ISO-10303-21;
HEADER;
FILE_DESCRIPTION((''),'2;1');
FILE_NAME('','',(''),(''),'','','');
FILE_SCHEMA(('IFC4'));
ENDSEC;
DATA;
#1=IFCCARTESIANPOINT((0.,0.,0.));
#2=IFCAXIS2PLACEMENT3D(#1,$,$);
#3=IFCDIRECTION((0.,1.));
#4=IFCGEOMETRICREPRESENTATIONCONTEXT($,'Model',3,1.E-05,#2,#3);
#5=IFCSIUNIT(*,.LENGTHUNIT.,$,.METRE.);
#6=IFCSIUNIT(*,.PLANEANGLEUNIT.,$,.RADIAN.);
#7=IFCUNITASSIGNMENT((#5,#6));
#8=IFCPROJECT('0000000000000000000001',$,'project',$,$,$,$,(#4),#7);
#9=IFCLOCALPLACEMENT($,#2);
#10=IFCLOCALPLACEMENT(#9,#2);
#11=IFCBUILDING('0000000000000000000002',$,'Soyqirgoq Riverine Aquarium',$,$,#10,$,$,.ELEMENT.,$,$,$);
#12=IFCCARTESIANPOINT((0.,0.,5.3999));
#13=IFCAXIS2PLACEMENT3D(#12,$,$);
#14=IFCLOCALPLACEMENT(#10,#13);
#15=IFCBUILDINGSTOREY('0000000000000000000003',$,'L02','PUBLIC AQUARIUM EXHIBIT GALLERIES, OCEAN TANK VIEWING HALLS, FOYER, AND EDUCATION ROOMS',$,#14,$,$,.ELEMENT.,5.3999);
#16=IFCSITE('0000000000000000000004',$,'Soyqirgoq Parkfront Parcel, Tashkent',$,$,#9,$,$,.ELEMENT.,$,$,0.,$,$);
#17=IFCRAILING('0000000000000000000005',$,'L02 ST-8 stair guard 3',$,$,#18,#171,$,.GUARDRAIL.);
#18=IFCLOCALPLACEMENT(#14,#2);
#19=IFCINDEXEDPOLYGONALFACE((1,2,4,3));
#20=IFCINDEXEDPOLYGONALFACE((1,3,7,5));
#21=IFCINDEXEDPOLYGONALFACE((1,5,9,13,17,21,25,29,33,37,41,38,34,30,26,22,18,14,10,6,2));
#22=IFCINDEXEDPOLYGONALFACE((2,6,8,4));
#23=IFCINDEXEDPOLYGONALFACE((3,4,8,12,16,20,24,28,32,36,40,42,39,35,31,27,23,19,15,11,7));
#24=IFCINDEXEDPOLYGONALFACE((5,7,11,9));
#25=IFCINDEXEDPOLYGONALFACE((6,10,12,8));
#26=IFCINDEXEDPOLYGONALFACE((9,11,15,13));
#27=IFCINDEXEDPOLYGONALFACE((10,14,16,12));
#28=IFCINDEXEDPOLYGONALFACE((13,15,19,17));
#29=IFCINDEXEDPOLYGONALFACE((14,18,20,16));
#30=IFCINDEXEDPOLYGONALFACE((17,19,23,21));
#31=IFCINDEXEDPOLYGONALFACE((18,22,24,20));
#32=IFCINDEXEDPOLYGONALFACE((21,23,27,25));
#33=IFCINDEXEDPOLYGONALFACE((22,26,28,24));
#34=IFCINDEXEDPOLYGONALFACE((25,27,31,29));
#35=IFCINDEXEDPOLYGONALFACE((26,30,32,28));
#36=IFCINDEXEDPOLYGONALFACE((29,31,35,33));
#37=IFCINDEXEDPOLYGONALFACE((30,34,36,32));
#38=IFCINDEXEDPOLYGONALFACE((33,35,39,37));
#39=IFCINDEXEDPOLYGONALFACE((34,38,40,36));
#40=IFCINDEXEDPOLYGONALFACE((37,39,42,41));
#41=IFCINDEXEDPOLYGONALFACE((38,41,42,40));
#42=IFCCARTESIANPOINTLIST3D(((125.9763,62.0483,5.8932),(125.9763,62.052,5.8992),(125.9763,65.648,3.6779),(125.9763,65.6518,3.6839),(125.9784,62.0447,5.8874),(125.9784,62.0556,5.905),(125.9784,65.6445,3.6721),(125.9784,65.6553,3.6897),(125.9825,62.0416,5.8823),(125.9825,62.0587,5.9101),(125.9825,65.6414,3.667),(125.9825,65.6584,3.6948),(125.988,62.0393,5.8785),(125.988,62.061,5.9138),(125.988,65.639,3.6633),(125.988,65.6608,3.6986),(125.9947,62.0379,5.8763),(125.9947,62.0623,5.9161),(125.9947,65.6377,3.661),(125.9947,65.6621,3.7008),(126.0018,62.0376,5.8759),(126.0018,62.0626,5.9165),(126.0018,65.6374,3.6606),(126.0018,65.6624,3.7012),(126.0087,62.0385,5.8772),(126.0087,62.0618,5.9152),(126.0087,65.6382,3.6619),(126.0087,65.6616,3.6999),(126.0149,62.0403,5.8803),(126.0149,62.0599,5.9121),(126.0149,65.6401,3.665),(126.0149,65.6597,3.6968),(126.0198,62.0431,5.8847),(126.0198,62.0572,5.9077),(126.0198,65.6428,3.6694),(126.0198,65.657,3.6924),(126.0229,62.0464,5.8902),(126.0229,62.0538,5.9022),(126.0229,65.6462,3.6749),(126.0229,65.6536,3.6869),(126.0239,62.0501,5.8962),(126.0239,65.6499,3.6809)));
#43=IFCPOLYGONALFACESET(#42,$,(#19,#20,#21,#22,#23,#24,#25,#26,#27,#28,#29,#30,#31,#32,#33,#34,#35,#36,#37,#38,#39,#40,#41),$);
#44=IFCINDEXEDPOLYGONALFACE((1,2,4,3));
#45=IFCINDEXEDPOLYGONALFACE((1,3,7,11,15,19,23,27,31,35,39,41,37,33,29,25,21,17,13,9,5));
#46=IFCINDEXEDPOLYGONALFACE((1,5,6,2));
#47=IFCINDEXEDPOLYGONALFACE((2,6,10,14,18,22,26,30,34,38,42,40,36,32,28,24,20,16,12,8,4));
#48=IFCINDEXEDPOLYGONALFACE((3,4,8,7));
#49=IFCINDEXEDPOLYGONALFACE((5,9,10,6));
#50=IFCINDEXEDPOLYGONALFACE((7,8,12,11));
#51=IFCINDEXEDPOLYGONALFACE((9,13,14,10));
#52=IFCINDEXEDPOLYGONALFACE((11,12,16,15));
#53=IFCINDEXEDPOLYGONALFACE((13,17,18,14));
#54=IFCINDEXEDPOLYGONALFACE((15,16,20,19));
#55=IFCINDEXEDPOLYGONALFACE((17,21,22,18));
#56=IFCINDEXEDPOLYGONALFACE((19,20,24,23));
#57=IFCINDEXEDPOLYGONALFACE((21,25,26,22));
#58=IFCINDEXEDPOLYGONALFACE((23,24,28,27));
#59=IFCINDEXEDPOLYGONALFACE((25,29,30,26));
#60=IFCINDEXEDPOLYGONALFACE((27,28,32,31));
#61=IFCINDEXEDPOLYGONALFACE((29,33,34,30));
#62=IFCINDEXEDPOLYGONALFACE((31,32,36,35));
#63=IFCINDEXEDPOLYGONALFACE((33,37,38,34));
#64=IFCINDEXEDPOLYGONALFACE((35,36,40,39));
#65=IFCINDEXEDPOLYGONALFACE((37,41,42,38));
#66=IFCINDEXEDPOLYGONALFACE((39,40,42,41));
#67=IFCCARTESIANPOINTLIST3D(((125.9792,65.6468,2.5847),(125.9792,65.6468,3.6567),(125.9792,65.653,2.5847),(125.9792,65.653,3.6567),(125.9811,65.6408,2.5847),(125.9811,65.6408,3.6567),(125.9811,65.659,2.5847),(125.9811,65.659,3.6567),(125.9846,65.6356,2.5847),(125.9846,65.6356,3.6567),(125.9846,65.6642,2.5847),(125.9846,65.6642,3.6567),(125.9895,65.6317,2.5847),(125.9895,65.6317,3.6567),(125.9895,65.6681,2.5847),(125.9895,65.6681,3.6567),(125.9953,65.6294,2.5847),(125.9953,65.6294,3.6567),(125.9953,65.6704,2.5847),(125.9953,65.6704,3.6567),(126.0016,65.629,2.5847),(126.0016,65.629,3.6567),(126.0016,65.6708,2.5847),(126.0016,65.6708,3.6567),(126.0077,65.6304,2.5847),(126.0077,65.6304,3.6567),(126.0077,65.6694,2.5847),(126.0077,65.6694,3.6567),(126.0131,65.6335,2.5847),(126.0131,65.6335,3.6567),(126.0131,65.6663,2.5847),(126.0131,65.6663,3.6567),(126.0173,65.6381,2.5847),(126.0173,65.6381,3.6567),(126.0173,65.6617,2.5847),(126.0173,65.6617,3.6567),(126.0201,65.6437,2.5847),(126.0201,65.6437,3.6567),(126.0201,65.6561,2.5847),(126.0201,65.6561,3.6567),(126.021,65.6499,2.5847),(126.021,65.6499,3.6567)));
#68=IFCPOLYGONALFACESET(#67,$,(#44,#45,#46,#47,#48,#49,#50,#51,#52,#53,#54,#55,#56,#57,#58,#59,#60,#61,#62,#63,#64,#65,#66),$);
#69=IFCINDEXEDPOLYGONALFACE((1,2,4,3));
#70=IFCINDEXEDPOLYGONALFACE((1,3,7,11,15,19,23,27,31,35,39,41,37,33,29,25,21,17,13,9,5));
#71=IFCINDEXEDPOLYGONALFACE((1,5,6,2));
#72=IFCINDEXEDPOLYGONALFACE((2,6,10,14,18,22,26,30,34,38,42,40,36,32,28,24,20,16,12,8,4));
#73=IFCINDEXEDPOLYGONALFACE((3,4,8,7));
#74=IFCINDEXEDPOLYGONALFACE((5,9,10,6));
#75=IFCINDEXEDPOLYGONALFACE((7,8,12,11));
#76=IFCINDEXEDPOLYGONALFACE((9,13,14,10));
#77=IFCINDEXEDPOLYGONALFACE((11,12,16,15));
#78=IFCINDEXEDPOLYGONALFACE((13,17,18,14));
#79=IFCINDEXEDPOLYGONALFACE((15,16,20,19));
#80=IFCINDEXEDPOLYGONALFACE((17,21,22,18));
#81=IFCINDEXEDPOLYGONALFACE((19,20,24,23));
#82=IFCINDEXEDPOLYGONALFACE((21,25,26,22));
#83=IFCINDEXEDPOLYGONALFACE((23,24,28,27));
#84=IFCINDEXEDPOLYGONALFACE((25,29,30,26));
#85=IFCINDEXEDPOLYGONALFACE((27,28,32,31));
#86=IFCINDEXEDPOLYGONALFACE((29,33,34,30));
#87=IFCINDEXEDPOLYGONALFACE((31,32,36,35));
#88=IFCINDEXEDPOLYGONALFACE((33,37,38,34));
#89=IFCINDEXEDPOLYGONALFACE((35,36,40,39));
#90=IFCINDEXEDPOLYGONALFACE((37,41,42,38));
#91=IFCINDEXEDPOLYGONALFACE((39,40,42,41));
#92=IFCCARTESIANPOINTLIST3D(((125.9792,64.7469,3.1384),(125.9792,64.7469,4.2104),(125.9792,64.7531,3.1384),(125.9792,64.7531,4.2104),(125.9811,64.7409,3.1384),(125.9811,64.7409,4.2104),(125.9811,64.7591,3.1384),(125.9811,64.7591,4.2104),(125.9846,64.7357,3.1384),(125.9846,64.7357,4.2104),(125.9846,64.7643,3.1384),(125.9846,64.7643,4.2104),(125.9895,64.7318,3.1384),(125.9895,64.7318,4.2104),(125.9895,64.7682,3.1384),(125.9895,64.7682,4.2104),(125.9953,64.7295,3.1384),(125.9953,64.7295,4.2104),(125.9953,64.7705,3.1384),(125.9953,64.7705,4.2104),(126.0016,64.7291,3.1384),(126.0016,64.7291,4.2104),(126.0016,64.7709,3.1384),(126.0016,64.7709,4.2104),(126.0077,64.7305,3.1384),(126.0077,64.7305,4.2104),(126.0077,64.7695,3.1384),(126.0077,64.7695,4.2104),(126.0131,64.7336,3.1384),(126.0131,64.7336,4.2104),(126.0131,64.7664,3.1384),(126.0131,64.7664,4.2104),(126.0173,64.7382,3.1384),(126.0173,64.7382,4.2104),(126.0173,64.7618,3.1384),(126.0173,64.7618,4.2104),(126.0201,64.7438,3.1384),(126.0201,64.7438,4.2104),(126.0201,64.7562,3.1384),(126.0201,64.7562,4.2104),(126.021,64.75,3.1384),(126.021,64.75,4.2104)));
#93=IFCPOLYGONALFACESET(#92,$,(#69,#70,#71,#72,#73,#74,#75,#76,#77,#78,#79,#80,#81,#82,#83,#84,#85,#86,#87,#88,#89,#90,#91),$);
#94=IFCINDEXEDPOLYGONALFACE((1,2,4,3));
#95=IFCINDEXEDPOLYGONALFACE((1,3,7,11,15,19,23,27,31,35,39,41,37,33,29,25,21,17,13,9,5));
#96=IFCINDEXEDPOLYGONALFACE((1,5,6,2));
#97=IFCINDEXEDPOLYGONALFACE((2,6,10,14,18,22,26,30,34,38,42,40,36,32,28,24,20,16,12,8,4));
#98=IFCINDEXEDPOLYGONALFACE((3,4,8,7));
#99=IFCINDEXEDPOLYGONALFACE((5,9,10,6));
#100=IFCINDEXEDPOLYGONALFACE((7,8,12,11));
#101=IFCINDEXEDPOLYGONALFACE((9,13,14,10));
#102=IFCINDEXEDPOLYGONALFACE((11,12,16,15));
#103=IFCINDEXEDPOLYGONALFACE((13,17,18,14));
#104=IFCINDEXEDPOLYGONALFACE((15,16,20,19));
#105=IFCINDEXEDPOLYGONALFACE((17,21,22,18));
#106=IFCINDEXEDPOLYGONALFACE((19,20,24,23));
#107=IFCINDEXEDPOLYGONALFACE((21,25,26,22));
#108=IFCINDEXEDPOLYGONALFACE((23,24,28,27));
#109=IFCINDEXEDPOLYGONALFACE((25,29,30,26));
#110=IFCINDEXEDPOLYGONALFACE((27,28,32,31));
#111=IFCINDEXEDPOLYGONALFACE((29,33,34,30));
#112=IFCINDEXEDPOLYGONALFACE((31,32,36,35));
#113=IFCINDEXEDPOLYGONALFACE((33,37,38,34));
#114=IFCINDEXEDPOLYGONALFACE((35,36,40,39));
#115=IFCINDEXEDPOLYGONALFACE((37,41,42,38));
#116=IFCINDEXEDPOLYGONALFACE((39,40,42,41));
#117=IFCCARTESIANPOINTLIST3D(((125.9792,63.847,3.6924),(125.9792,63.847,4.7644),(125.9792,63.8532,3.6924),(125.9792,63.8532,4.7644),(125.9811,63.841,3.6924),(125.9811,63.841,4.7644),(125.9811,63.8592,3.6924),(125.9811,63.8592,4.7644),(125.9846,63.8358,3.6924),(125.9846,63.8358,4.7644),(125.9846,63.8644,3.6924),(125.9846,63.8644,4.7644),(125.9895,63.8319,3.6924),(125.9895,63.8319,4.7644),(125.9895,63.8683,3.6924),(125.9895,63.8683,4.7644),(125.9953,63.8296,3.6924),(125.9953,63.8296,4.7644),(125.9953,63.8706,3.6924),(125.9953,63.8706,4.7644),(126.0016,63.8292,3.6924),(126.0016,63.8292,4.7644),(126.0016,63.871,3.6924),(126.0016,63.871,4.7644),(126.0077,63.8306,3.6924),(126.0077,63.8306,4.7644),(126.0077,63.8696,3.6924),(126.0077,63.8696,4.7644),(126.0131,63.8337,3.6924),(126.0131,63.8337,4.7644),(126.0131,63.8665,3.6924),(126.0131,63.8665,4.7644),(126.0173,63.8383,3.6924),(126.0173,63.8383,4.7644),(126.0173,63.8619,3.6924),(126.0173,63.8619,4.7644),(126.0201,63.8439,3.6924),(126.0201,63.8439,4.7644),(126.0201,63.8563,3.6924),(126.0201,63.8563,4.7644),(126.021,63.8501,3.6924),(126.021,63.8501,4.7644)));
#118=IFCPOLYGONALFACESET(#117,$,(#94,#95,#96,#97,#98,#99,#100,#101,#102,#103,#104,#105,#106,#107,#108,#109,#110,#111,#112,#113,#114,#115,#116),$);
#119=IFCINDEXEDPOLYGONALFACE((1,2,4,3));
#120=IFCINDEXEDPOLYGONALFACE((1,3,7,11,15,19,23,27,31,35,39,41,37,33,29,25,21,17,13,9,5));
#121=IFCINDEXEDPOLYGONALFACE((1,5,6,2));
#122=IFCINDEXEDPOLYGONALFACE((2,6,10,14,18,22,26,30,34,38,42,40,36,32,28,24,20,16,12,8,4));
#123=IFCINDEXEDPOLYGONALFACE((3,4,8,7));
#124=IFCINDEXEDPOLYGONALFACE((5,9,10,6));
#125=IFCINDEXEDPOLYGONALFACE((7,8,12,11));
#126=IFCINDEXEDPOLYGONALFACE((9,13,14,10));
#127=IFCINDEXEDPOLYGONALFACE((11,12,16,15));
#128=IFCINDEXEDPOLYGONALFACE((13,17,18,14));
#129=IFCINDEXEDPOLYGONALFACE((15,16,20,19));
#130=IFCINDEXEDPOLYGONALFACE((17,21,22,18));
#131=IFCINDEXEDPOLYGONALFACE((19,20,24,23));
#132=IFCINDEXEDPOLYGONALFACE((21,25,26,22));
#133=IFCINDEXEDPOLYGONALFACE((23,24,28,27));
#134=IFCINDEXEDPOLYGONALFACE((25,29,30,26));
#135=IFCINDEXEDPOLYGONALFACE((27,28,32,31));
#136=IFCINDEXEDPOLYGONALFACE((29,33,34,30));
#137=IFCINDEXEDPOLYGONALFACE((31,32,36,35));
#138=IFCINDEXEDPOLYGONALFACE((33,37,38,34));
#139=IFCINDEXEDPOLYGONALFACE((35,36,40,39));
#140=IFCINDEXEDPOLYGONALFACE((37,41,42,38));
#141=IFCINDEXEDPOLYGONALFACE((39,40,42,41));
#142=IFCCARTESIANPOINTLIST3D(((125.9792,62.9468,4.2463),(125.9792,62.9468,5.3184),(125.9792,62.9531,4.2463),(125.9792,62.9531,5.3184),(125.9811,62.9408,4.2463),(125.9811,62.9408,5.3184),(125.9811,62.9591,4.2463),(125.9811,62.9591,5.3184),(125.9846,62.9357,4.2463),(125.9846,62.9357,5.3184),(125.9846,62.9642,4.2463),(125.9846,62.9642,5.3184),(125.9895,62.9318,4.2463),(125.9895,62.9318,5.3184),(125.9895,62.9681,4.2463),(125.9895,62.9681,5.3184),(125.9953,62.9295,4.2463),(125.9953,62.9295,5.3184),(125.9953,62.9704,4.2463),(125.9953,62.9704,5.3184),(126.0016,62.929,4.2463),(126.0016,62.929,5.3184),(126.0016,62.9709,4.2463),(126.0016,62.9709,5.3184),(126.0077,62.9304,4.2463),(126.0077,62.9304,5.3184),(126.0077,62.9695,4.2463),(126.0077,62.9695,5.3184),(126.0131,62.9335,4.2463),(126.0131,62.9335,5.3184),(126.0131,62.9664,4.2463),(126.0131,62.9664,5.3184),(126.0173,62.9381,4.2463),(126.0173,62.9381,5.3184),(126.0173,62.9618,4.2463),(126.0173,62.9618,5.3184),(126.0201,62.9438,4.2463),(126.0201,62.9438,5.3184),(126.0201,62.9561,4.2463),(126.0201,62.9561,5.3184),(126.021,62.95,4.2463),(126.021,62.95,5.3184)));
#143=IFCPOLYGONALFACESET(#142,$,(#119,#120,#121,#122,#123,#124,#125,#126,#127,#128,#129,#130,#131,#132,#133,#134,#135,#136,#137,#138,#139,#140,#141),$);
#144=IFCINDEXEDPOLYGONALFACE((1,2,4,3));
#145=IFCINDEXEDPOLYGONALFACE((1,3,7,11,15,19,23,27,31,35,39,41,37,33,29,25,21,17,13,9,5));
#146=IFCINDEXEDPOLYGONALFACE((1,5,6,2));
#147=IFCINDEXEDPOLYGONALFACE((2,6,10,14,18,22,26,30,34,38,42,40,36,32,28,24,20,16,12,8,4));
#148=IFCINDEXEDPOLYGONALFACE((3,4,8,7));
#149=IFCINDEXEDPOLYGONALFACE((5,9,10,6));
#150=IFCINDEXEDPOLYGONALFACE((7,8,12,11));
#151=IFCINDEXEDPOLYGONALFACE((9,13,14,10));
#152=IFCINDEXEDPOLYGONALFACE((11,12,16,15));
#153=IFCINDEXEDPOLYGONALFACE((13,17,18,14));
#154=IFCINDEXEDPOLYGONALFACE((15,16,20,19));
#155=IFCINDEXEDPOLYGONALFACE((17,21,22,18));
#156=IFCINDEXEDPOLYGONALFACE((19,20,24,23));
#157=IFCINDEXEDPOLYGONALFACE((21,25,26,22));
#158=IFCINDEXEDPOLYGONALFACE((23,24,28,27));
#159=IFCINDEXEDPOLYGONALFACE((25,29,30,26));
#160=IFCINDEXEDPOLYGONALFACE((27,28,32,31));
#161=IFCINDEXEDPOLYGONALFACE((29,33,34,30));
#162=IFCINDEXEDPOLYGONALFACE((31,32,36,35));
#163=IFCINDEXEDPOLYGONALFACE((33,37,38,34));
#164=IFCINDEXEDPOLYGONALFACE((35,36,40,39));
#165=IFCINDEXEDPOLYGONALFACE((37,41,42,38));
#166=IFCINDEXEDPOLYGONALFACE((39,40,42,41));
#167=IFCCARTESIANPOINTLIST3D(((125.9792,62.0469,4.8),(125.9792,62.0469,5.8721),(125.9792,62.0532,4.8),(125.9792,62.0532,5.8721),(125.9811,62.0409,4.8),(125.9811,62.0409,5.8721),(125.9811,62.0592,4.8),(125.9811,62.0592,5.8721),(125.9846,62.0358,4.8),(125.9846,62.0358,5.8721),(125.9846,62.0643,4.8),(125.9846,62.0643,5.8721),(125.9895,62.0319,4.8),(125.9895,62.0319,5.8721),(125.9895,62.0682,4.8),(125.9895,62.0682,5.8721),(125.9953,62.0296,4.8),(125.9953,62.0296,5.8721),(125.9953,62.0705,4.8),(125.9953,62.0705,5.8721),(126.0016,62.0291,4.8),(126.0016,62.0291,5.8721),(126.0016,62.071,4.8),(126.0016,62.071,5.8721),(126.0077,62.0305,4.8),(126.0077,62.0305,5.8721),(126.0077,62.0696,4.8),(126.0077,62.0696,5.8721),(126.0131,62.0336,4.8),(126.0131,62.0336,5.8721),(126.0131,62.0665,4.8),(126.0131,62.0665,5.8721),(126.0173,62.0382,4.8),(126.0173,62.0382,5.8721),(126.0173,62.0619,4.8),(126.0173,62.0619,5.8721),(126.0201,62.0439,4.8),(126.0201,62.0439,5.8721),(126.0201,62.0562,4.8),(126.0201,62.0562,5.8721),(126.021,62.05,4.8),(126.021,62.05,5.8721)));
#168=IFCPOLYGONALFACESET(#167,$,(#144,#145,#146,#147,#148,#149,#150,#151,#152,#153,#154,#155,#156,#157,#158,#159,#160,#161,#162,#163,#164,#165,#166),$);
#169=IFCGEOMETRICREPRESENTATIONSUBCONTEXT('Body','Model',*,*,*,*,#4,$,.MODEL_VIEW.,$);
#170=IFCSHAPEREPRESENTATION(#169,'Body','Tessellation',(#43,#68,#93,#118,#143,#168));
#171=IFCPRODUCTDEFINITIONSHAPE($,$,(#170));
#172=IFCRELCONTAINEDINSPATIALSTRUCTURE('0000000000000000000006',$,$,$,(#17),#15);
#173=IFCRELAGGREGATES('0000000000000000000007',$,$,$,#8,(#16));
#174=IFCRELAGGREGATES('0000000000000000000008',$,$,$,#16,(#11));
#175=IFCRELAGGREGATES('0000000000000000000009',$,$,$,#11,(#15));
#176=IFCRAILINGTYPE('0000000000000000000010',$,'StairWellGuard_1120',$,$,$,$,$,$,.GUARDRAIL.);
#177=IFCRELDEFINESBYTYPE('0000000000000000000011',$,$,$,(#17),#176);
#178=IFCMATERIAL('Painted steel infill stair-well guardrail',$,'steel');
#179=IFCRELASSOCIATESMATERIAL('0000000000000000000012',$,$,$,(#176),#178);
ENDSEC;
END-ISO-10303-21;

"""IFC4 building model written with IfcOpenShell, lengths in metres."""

from ifc_helpers import new_model, si_unit, direction, frame, origin, origin_2d, place, context, subcontext, project, spatial, circle, extrude, material, type_object, element, save


model = new_model("IFC4")

# Units and contexts
model_context = context("Model", 3, precision=1e-05, world=origin(), true_north=direction((0.0, 1.0)))
body_context = subcontext(model_context, "Body", "Model", "MODEL_VIEW")
ifc_project = project(units=[si_unit("LENGTHUNIT", "METRE"), si_unit("PLANEANGLEUNIT", "RADIAN")], contexts=[model_context])

# Site, building, storey
site_placement = place(None, origin())
site = spatial("IfcSite", under=ifc_project, at=site_placement, Name="Soyqirgoq Parkfront Parcel, Tashkent", CompositionType="ELEMENT", RefElevation=0.0)
building_placement = place(site_placement, origin())
building = spatial("IfcBuilding", under=site, at=building_placement, Name="Soyqirgoq Riverine Aquarium", CompositionType="ELEMENT")
storey_placement = place(building_placement, frame((0.0, 0.0, 5.3999)))
storey = spatial("IfcBuildingStorey", under=building, at=storey_placement, Name="L02", Description="PUBLIC AQUARIUM EXHIBIT GALLERIES, OCEAN TANK VIEWING HALLS, FOYER, AND EDUCATION ROOMS", CompositionType="ELEMENT", Elevation=5.3999)

# Railing
ifc_material_1 = material(Name="Painted steel infill stair-well guardrail", Category="steel")
railing_type_1 = type_object("IfcRailingType", Name="StairWellGuard_1120", PredefinedType="GUARDRAIL", material=ifc_material_1)
railing_1_placement = place(storey_placement, frame((126.0, 65.6499, 2.5847)))
element("IfcRailing", 1, at=railing_1_placement, inside=storey, type_object=railing_type_1, Name="L02 ST-8 stair guard 3", PredefinedType="GUARDRAIL", context=body_context, shape_type="SweptSolid", body=[
    extrude(circle(Radius=0.0239, at=origin_2d()), frame((0.0, 0.0, 1.0962), z_axis=(0.0, -0.851654, 0.524104), x_axis=(1.0, 0.0, 0.0)), (0.0, 0.0, 1.0), 4.2268),
    extrude(circle(Radius=0.021, at=origin_2d()), origin(), (0.0, 0.0, 1.0), 1.072),
    extrude(circle(Radius=0.021, at=origin_2d()), frame((0.0, -0.8999, 0.5537)), (0.0, 0.0, 1.0), 1.072),
    extrude(circle(Radius=0.021, at=origin_2d()), frame((0.0, -1.7998, 1.1077)), (0.0, 0.0, 1.0), 1.072),
    extrude(circle(Radius=0.021, at=origin_2d()), frame((0.0, -2.7, 1.6616)), (0.0, 0.0, 1.0), 1.072),
    extrude(circle(Radius=0.021, at=origin_2d()), frame((0.0, -3.5999, 2.2153)), (0.0, 0.0, 1.0), 1.072),
])

save(model, "model.ifc")
